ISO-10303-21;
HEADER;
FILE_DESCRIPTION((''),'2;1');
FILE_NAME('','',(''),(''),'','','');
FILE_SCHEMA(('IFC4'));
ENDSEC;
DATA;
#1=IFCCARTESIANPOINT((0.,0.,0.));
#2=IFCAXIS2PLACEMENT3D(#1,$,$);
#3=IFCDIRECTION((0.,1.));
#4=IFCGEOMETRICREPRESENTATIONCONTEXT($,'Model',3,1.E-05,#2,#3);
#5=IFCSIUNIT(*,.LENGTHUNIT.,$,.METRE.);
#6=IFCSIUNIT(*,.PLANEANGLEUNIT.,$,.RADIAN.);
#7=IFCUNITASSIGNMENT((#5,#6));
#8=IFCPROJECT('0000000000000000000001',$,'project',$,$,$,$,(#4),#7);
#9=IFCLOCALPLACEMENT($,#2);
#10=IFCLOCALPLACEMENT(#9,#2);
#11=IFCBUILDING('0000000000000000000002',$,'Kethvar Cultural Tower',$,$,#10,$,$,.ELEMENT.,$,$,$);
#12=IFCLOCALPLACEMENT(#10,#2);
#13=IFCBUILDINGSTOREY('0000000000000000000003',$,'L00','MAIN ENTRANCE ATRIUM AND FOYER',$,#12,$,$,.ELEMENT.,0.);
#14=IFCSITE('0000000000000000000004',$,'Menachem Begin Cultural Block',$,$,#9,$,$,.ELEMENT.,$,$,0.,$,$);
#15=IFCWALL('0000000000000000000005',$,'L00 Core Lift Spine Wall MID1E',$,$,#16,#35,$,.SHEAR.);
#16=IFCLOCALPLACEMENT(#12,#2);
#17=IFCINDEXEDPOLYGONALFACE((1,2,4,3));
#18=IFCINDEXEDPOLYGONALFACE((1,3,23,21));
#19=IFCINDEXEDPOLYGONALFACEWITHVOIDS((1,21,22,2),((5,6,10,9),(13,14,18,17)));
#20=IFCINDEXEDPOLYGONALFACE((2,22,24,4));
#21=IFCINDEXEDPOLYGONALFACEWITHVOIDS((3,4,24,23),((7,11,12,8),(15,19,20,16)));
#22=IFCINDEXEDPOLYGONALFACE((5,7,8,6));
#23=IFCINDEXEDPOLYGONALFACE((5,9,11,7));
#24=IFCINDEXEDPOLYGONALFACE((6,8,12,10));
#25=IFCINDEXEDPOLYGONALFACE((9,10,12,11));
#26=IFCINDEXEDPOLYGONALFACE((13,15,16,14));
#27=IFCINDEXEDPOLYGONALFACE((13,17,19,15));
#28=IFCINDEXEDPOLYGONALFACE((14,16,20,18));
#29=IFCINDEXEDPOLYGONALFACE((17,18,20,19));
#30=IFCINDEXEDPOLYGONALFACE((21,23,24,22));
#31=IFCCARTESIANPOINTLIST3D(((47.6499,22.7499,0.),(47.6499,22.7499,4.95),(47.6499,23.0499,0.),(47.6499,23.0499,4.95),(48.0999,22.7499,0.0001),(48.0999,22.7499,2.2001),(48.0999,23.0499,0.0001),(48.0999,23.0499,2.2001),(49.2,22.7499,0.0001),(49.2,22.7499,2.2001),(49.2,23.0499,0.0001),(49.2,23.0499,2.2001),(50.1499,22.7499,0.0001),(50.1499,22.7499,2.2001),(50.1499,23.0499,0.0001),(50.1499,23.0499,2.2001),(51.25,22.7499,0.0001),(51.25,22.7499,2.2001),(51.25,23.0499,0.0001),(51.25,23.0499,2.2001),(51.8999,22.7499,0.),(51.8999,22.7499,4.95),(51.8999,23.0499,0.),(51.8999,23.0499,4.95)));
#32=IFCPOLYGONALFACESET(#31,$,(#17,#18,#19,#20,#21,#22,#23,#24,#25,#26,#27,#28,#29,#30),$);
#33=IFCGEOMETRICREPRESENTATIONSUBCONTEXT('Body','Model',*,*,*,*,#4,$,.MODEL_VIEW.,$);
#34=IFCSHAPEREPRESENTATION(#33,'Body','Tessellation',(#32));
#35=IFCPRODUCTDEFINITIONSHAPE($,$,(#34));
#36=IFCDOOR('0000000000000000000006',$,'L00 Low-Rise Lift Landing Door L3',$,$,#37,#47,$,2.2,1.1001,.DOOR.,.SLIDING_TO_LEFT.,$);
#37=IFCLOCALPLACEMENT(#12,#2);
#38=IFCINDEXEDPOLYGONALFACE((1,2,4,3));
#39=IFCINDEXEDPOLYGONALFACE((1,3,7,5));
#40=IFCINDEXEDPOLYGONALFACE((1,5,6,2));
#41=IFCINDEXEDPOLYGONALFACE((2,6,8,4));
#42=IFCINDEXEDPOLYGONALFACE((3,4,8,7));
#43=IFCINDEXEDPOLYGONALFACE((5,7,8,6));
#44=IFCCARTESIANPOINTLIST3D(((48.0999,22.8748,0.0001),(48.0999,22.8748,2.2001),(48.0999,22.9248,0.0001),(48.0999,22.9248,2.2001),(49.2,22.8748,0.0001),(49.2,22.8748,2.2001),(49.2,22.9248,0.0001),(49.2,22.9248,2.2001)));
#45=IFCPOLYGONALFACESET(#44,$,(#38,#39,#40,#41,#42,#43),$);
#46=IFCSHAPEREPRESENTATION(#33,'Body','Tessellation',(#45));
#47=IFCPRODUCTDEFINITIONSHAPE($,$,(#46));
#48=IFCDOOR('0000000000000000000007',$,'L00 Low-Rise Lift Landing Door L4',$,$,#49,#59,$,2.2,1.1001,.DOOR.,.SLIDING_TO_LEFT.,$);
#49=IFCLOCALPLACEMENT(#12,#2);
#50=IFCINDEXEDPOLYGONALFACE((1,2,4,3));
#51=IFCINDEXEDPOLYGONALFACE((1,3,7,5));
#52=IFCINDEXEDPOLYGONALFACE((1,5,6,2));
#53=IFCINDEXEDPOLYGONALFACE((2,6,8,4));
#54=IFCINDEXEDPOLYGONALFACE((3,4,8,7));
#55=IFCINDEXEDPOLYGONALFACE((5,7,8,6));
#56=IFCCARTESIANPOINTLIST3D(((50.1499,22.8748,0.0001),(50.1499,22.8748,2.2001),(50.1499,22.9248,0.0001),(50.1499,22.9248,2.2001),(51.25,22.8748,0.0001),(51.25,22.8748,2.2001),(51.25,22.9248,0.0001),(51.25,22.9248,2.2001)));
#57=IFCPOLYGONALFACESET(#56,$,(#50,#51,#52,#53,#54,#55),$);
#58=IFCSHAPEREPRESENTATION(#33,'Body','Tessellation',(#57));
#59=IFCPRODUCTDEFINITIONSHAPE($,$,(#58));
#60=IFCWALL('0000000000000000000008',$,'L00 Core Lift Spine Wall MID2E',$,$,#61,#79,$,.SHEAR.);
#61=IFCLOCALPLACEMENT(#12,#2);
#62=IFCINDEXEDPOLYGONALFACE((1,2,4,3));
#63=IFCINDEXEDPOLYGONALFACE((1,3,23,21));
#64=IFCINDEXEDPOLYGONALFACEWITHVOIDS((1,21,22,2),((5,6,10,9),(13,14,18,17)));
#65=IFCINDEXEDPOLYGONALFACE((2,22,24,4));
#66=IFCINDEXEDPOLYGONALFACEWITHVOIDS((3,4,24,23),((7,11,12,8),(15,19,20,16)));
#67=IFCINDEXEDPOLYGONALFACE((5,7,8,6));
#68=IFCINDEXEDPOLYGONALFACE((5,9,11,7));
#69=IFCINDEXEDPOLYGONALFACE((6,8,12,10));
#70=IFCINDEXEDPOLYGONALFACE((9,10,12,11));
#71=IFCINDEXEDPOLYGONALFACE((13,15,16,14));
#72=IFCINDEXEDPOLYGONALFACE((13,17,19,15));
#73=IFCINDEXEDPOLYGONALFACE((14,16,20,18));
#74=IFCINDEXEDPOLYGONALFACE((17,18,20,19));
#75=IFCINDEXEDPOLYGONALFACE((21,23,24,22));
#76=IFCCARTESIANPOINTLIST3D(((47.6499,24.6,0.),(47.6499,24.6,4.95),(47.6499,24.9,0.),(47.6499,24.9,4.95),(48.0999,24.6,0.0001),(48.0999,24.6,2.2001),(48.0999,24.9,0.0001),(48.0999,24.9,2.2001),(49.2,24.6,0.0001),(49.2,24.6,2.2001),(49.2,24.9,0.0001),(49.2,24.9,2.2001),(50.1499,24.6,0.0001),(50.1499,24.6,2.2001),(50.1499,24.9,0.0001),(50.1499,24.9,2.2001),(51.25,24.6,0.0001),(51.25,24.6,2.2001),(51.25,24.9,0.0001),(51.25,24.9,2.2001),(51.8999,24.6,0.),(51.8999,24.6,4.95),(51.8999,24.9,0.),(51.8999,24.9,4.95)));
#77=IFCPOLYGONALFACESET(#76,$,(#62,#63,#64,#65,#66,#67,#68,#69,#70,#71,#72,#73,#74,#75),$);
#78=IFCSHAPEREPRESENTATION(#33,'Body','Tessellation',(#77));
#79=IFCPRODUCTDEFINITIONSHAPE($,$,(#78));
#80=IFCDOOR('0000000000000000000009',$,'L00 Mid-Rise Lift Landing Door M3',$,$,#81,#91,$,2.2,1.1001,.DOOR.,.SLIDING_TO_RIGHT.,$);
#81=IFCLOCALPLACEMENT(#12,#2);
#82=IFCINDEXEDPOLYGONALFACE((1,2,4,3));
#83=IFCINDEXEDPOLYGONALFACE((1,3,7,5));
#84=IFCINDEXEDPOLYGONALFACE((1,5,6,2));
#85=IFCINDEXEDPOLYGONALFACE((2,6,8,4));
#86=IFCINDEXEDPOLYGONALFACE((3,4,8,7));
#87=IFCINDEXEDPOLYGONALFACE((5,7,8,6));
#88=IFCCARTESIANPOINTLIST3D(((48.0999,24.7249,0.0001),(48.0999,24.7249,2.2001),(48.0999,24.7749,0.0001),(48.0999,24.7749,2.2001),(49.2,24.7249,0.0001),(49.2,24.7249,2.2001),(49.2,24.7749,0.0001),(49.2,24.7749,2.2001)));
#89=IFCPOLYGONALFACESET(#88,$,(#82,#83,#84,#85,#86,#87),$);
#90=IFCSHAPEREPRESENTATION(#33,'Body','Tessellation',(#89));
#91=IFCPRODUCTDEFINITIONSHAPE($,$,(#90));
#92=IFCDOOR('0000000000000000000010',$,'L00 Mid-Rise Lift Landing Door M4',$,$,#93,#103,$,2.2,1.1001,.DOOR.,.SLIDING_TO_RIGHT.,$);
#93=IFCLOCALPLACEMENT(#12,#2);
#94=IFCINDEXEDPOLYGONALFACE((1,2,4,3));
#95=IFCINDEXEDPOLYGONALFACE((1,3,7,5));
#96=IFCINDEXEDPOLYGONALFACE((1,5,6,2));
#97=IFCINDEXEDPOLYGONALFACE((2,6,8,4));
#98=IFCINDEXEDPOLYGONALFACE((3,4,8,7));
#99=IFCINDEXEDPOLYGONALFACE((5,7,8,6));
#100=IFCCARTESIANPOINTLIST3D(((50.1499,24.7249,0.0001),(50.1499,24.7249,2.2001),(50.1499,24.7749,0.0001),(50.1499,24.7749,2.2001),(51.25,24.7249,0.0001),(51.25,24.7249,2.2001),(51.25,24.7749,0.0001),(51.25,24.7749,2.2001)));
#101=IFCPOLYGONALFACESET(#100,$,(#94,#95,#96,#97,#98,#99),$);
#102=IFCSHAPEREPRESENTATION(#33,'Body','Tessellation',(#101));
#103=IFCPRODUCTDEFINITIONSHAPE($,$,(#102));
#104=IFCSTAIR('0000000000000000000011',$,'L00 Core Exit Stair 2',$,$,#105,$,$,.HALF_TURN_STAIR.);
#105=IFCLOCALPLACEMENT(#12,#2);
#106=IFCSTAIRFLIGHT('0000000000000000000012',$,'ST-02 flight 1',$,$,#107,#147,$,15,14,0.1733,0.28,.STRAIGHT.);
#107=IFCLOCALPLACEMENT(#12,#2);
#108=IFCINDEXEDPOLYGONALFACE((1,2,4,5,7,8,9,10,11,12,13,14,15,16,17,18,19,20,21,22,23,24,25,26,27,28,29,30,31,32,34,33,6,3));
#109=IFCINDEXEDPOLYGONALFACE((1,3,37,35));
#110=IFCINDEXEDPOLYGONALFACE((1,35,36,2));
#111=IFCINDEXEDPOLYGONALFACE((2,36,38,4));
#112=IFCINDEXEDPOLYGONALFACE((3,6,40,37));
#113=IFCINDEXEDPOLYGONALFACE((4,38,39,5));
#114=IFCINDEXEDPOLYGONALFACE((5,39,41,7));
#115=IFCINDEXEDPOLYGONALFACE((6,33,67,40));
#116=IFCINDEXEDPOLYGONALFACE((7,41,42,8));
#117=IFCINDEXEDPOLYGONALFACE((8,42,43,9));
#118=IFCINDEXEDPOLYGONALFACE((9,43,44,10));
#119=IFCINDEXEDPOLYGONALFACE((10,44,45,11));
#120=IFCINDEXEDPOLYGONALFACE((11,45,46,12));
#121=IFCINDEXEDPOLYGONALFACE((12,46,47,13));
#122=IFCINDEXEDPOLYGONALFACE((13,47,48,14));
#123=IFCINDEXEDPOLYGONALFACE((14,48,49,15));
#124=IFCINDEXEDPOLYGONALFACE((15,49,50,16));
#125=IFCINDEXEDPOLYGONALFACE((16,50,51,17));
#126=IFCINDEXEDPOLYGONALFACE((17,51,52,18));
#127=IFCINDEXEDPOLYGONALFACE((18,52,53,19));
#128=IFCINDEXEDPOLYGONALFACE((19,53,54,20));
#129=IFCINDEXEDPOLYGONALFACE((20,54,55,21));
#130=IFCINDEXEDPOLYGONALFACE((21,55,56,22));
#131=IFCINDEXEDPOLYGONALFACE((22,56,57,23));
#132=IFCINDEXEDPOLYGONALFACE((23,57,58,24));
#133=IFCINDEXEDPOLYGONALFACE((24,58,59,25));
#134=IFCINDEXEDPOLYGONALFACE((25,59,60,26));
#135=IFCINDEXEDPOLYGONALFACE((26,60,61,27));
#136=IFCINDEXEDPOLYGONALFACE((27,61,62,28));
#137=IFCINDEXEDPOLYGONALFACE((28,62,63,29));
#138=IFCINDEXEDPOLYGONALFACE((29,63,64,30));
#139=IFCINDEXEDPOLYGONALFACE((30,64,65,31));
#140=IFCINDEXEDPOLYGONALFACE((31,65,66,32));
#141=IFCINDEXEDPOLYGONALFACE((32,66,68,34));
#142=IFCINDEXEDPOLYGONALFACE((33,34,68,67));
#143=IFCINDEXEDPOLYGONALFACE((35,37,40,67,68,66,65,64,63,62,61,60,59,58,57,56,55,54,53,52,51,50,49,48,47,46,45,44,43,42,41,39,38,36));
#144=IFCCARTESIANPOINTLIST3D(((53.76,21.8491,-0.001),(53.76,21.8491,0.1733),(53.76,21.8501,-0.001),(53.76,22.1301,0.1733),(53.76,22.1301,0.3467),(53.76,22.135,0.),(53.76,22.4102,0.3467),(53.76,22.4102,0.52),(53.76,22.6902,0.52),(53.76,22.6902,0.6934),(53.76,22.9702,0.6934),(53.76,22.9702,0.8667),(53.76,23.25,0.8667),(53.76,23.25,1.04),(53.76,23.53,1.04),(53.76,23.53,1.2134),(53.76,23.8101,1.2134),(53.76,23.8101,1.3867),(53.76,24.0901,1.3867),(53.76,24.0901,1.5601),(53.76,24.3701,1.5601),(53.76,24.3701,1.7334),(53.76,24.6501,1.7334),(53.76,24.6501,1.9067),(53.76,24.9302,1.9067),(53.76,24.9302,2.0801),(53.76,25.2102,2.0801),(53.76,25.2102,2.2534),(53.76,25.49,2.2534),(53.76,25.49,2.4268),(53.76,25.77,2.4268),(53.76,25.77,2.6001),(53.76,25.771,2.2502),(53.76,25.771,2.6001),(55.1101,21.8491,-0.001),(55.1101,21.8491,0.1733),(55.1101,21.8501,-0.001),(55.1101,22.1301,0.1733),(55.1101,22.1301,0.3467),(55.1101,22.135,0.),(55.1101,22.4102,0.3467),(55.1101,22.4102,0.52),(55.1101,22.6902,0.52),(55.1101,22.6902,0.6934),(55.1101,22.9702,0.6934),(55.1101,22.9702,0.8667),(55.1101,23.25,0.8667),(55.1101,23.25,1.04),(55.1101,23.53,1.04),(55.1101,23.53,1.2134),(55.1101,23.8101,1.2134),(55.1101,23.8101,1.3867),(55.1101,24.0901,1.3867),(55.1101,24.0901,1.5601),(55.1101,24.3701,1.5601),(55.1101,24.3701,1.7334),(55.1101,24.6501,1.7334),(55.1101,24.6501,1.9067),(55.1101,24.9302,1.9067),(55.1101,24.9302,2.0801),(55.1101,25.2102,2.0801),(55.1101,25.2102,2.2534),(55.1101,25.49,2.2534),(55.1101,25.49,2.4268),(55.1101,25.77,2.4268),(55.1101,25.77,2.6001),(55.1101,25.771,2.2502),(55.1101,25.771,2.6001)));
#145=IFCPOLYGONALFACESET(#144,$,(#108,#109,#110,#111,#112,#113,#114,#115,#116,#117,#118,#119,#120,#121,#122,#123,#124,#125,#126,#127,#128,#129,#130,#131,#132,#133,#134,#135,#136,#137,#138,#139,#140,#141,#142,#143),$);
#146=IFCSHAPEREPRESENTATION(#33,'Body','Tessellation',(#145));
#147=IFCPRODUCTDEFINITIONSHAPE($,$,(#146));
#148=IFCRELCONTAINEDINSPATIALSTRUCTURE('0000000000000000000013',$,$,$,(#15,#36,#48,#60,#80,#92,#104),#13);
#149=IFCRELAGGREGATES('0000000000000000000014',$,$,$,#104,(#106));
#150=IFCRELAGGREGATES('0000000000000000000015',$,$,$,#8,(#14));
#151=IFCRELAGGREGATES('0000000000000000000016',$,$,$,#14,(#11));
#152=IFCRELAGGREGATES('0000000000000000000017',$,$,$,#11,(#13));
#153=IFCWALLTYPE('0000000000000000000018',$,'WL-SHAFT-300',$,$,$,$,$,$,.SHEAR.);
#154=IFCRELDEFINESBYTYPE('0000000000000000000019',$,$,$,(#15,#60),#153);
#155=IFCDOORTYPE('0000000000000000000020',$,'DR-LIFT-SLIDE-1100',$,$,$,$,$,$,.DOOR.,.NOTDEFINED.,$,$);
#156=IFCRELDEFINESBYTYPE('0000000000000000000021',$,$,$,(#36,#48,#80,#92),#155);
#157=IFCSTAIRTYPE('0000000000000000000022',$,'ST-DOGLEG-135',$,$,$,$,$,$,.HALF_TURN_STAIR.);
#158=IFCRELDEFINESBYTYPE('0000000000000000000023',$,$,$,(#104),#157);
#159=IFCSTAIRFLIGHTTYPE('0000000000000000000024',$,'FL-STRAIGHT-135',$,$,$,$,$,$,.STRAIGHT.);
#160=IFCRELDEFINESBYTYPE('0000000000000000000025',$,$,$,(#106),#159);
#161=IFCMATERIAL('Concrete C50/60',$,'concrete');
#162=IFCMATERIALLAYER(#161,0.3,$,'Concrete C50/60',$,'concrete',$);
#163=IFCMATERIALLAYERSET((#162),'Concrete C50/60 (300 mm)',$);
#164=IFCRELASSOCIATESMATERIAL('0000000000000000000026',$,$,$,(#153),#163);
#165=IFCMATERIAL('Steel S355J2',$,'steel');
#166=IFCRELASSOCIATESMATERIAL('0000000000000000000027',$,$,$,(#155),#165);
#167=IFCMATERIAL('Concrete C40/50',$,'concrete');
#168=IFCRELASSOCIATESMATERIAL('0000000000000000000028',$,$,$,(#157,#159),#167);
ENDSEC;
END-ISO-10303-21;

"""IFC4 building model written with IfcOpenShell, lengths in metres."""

from ifc_helpers import new_model, si_unit, direction, frame, frame_2d, origin, place, context, subcontext, project, spatial, polyline, rectangle, outline, extrude, source, transform, mapped, material, layer, layer_set, type_object, element, fill, aggregate, save


model = new_model("IFC4")

# Units and contexts
model_context = context("Model", 3, precision=1e-05, world=origin(), true_north=direction((0.0, 1.0)))
body_context = subcontext(model_context, "Body", "Model", "MODEL_VIEW")
ifc_project = project(units=[si_unit("LENGTHUNIT", "METRE"), si_unit("PLANEANGLEUNIT", "RADIAN")], contexts=[model_context])

# Site, building, storey
site_placement = place(None, origin())
site = spatial("IfcSite", under=ifc_project, at=site_placement, Name="Menachem Begin Cultural Block", CompositionType="ELEMENT", RefElevation=0.0)
building_placement = place(site_placement, origin())
building = spatial("IfcBuilding", under=site, at=building_placement, Name="Kethvar Cultural Tower", CompositionType="ELEMENT")
storey_placement = place(building_placement, origin())
storey = spatial("IfcBuildingStorey", under=building, at=storey_placement, Name="L00", Description="MAIN ENTRANCE ATRIUM AND FOYER", CompositionType="ELEMENT", Elevation=0.0)

# Shared definitions
ifc_material_1 = material(Name="Steel S355J2", Category="steel")

# Shared definitions
ifc_material_2 = material(Name="Concrete C40/50", Category="concrete")

# Walls, openings, doors
ifc_material_3 = material(Name="Concrete C50/60", Category="concrete")
ifc_layer_1 = layer(ifc_material_3, 0.3, Name="Concrete C50/60", Category="concrete")
ifc_layer_set_1 = layer_set([ifc_layer_1], Name="Concrete C50/60 (300 mm)")
wall_type_1 = type_object("IfcWallType", Name="WL-SHAFT-300", PredefinedType="SHEAR", material=ifc_layer_set_1)
wall_1_placement = place(storey_placement, frame((47.6499, 22.8999, 0.0), z_axis=(0.0, 0.0, 1.0), x_axis=(1.0, 0.0, 0.0)))
wall_1 = element("IfcWall", 1, at=wall_1_placement, inside=storey, type_object=wall_type_1, Name="L00 Core Lift Spine Wall MID1E", PredefinedType="SHEAR", context=body_context, shape_type="SweptSolid", body=[
    extrude(rectangle(XDim=4.25, YDim=0.3, at=frame_2d((2.125, 0.0))), origin(), (0.0, 0.0, 1.0), 4.95),
])
opening_1_placement = place(wall_1_placement, frame((0.45, 0.0, 0.0)))
opening_1 = element("IfcOpeningElement", 2, at=opening_1_placement, cuts=wall_1, PredefinedType="OPENING", context=body_context, shape_type="SweptSolid", body=[
    extrude(rectangle(XDim=1.1001, YDim=2.2, at=frame_2d((0.55, 1.1001))), frame((0.0, 0.1599, 0.0), z_axis=(0.0, -1.0, 0.0), x_axis=(1.0, 0.0, 0.0)), (0.0, 0.0, 1.0), 0.3201),
])
opening_2_placement = place(wall_1_placement, frame((2.5, 0.0, 0.0)))
opening_2 = element("IfcOpeningElement", 3, at=opening_2_placement, cuts=wall_1, PredefinedType="OPENING", context=body_context, shape_type="SweptSolid", body=[
    extrude(rectangle(XDim=1.1001, YDim=2.2, at=frame_2d((0.55, 1.1001))), frame((0.0, 0.1599, 0.0), z_axis=(0.0, -1.0, 0.0), x_axis=(1.0, 0.0, 0.0)), (0.0, 0.0, 1.0), 0.3201),
])
door_type_1 = type_object("IfcDoorType", Name="DR-LIFT-SLIDE-1100", OperationType="NOTDEFINED", PredefinedType="DOOR", material=ifc_material_1)
shared_shape_1 = source(origin(), body_context, "Body", "SweptSolid", [
    extrude(rectangle(XDim=1.1001, YDim=2.2, at=frame_2d((0.55, 1.1001))), frame((0.0, 0.0249, 0.0), z_axis=(0.0, -1.0, 0.0), x_axis=(1.0, 0.0, 0.0)), (0.0, 0.0, 1.0), 0.05),
])
door_1_placement = place(opening_1_placement, origin())
door_1 = element("IfcDoor", 4, at=door_1_placement, inside=storey, type_object=door_type_1, Name="L00 Low-Rise Lift Landing Door L3", OperationType="SLIDING_TO_LEFT", OverallHeight=2.2, OverallWidth=1.1001, PredefinedType="DOOR", context=body_context, shape_type="MappedRepresentation", body=[
    mapped(shared_shape_1, transform((0.0, 0.0, 0.0), scale=1.0)),
])
fill(opening_1, door_1)
door_2_placement = place(opening_2_placement, origin())
door_2 = element("IfcDoor", 5, at=door_2_placement, inside=storey, type_object=door_type_1, Name="L00 Low-Rise Lift Landing Door L4", OperationType="SLIDING_TO_LEFT", OverallHeight=2.2, OverallWidth=1.1001, PredefinedType="DOOR", context=body_context, shape_type="MappedRepresentation", body=[
    mapped(shared_shape_1, transform((0.0, 0.0, 0.0), scale=1.0)),
])
fill(opening_2, door_2)
wall_2_placement = place(storey_placement, frame((47.6499, 24.75, 0.0), z_axis=(0.0, 0.0, 1.0), x_axis=(1.0, 0.0, 0.0)))
wall_2 = element("IfcWall", 6, at=wall_2_placement, inside=storey, type_object=wall_type_1, Name="L00 Core Lift Spine Wall MID2E", PredefinedType="SHEAR", context=body_context, shape_type="SweptSolid", body=[
    extrude(rectangle(XDim=4.25, YDim=0.3, at=frame_2d((2.125, 0.0))), origin(), (0.0, 0.0, 1.0), 4.95),
])
opening_3_placement = place(wall_2_placement, frame((0.45, 0.0, 0.0)))
opening_3 = element("IfcOpeningElement", 7, at=opening_3_placement, cuts=wall_2, PredefinedType="OPENING", context=body_context, shape_type="SweptSolid", body=[
    extrude(rectangle(XDim=1.1001, YDim=2.2, at=frame_2d((0.55, 1.1001))), frame((0.0, 0.1599, 0.0), z_axis=(0.0, -1.0, 0.0), x_axis=(1.0, 0.0, 0.0)), (0.0, 0.0, 1.0), 0.3201),
])
opening_4_placement = place(wall_2_placement, frame((2.5, 0.0, 0.0)))
opening_4 = element("IfcOpeningElement", 8, at=opening_4_placement, cuts=wall_2, PredefinedType="OPENING", context=body_context, shape_type="SweptSolid", body=[
    extrude(rectangle(XDim=1.1001, YDim=2.2, at=frame_2d((0.55, 1.1001))), frame((0.0, 0.1599, 0.0), z_axis=(0.0, -1.0, 0.0), x_axis=(1.0, 0.0, 0.0)), (0.0, 0.0, 1.0), 0.3201),
])
door_3_placement = place(opening_3_placement, origin())
door_3 = element("IfcDoor", 9, at=door_3_placement, inside=storey, type_object=door_type_1, Name="L00 Mid-Rise Lift Landing Door M3", OperationType="SLIDING_TO_RIGHT", OverallHeight=2.2, OverallWidth=1.1001, PredefinedType="DOOR", context=body_context, shape_type="MappedRepresentation", body=[
    mapped(shared_shape_1, transform((0.0, 0.0, 0.0), scale=1.0)),
])
fill(opening_3, door_3)
door_4_placement = place(opening_4_placement, origin())
door_4 = element("IfcDoor", 10, at=door_4_placement, inside=storey, type_object=door_type_1, Name="L00 Mid-Rise Lift Landing Door M4", OperationType="SLIDING_TO_RIGHT", OverallHeight=2.2, OverallWidth=1.1001, PredefinedType="DOOR", context=body_context, shape_type="MappedRepresentation", body=[
    mapped(shared_shape_1, transform((0.0, 0.0, 0.0), scale=1.0)),
])
fill(opening_4, door_4)

# Stair, stair flight
stair_type = type_object("IfcStairType", Name="ST-DOGLEG-135", PredefinedType="HALF_TURN_STAIR", material=ifc_material_2)
stair_placement = place(storey_placement, origin())
stair = element("IfcStair", 11, at=stair_placement, inside=storey, type_object=stair_type, Name="L00 Core Exit Stair 2", PredefinedType="HALF_TURN_STAIR")
stair_flight_type = type_object("IfcStairFlightType", Name="FL-STRAIGHT-135", PredefinedType="STRAIGHT", material=ifc_material_2)
stair_flight_1_placement = place(storey_placement, frame((54.4351, 21.8501, 0.0), z_axis=(0.0, 0.0, 1.0), x_axis=(0.0, 1.0, 0.0)))
stair_flight_1 = element("IfcStairFlight", 12, at=stair_flight_1_placement, type_object=stair_flight_type, Name="ST-02 flight 1", NumberOfRisers=15, NumberOfTreads=14, PredefinedType="STRAIGHT", RiserHeight=0.1733, TreadLength=0.28, context=body_context, shape_type="SweptSolid", body=[
    extrude(outline(polyline([(-0.001, -0.001), (-0.001, 0.1733), (0.28, 0.1733), (0.28, 0.3467), (0.5601, 0.3467), (0.5601, 0.52), (0.8401, 0.52), (0.8401, 0.6934), (1.1201, 0.6934), (1.1201, 0.8667), (1.3999, 0.8667), (1.3999, 1.04), (1.6799, 1.04), (1.6799, 1.2134), (1.96, 1.2134), (1.96, 1.3867), (2.24, 1.3867), (2.24, 1.5601), (2.52, 1.5601), (2.52, 1.7334), (2.8, 1.7334), (2.8, 1.9067), (3.0801, 1.9067), (3.0801, 2.0801), (3.3601, 2.0801), (3.3601, 2.2534), (3.6399, 2.2534), (3.6399, 2.4268), (3.9199, 2.4268), (3.9199, 2.6001), (3.9209, 2.6001), (3.9209, 2.2502), (0.2849, 0.0), (0.0, -0.001), (-0.001, -0.001)])), frame((0.0, 0.675, 0.0), z_axis=(0.0, -1.0, 0.0), x_axis=(1.0, 0.0, 0.0)), (0.0, 0.0, 1.0), 1.3501),
])
aggregate(stair, [stair_flight_1])

save(model, "model.ifc")
